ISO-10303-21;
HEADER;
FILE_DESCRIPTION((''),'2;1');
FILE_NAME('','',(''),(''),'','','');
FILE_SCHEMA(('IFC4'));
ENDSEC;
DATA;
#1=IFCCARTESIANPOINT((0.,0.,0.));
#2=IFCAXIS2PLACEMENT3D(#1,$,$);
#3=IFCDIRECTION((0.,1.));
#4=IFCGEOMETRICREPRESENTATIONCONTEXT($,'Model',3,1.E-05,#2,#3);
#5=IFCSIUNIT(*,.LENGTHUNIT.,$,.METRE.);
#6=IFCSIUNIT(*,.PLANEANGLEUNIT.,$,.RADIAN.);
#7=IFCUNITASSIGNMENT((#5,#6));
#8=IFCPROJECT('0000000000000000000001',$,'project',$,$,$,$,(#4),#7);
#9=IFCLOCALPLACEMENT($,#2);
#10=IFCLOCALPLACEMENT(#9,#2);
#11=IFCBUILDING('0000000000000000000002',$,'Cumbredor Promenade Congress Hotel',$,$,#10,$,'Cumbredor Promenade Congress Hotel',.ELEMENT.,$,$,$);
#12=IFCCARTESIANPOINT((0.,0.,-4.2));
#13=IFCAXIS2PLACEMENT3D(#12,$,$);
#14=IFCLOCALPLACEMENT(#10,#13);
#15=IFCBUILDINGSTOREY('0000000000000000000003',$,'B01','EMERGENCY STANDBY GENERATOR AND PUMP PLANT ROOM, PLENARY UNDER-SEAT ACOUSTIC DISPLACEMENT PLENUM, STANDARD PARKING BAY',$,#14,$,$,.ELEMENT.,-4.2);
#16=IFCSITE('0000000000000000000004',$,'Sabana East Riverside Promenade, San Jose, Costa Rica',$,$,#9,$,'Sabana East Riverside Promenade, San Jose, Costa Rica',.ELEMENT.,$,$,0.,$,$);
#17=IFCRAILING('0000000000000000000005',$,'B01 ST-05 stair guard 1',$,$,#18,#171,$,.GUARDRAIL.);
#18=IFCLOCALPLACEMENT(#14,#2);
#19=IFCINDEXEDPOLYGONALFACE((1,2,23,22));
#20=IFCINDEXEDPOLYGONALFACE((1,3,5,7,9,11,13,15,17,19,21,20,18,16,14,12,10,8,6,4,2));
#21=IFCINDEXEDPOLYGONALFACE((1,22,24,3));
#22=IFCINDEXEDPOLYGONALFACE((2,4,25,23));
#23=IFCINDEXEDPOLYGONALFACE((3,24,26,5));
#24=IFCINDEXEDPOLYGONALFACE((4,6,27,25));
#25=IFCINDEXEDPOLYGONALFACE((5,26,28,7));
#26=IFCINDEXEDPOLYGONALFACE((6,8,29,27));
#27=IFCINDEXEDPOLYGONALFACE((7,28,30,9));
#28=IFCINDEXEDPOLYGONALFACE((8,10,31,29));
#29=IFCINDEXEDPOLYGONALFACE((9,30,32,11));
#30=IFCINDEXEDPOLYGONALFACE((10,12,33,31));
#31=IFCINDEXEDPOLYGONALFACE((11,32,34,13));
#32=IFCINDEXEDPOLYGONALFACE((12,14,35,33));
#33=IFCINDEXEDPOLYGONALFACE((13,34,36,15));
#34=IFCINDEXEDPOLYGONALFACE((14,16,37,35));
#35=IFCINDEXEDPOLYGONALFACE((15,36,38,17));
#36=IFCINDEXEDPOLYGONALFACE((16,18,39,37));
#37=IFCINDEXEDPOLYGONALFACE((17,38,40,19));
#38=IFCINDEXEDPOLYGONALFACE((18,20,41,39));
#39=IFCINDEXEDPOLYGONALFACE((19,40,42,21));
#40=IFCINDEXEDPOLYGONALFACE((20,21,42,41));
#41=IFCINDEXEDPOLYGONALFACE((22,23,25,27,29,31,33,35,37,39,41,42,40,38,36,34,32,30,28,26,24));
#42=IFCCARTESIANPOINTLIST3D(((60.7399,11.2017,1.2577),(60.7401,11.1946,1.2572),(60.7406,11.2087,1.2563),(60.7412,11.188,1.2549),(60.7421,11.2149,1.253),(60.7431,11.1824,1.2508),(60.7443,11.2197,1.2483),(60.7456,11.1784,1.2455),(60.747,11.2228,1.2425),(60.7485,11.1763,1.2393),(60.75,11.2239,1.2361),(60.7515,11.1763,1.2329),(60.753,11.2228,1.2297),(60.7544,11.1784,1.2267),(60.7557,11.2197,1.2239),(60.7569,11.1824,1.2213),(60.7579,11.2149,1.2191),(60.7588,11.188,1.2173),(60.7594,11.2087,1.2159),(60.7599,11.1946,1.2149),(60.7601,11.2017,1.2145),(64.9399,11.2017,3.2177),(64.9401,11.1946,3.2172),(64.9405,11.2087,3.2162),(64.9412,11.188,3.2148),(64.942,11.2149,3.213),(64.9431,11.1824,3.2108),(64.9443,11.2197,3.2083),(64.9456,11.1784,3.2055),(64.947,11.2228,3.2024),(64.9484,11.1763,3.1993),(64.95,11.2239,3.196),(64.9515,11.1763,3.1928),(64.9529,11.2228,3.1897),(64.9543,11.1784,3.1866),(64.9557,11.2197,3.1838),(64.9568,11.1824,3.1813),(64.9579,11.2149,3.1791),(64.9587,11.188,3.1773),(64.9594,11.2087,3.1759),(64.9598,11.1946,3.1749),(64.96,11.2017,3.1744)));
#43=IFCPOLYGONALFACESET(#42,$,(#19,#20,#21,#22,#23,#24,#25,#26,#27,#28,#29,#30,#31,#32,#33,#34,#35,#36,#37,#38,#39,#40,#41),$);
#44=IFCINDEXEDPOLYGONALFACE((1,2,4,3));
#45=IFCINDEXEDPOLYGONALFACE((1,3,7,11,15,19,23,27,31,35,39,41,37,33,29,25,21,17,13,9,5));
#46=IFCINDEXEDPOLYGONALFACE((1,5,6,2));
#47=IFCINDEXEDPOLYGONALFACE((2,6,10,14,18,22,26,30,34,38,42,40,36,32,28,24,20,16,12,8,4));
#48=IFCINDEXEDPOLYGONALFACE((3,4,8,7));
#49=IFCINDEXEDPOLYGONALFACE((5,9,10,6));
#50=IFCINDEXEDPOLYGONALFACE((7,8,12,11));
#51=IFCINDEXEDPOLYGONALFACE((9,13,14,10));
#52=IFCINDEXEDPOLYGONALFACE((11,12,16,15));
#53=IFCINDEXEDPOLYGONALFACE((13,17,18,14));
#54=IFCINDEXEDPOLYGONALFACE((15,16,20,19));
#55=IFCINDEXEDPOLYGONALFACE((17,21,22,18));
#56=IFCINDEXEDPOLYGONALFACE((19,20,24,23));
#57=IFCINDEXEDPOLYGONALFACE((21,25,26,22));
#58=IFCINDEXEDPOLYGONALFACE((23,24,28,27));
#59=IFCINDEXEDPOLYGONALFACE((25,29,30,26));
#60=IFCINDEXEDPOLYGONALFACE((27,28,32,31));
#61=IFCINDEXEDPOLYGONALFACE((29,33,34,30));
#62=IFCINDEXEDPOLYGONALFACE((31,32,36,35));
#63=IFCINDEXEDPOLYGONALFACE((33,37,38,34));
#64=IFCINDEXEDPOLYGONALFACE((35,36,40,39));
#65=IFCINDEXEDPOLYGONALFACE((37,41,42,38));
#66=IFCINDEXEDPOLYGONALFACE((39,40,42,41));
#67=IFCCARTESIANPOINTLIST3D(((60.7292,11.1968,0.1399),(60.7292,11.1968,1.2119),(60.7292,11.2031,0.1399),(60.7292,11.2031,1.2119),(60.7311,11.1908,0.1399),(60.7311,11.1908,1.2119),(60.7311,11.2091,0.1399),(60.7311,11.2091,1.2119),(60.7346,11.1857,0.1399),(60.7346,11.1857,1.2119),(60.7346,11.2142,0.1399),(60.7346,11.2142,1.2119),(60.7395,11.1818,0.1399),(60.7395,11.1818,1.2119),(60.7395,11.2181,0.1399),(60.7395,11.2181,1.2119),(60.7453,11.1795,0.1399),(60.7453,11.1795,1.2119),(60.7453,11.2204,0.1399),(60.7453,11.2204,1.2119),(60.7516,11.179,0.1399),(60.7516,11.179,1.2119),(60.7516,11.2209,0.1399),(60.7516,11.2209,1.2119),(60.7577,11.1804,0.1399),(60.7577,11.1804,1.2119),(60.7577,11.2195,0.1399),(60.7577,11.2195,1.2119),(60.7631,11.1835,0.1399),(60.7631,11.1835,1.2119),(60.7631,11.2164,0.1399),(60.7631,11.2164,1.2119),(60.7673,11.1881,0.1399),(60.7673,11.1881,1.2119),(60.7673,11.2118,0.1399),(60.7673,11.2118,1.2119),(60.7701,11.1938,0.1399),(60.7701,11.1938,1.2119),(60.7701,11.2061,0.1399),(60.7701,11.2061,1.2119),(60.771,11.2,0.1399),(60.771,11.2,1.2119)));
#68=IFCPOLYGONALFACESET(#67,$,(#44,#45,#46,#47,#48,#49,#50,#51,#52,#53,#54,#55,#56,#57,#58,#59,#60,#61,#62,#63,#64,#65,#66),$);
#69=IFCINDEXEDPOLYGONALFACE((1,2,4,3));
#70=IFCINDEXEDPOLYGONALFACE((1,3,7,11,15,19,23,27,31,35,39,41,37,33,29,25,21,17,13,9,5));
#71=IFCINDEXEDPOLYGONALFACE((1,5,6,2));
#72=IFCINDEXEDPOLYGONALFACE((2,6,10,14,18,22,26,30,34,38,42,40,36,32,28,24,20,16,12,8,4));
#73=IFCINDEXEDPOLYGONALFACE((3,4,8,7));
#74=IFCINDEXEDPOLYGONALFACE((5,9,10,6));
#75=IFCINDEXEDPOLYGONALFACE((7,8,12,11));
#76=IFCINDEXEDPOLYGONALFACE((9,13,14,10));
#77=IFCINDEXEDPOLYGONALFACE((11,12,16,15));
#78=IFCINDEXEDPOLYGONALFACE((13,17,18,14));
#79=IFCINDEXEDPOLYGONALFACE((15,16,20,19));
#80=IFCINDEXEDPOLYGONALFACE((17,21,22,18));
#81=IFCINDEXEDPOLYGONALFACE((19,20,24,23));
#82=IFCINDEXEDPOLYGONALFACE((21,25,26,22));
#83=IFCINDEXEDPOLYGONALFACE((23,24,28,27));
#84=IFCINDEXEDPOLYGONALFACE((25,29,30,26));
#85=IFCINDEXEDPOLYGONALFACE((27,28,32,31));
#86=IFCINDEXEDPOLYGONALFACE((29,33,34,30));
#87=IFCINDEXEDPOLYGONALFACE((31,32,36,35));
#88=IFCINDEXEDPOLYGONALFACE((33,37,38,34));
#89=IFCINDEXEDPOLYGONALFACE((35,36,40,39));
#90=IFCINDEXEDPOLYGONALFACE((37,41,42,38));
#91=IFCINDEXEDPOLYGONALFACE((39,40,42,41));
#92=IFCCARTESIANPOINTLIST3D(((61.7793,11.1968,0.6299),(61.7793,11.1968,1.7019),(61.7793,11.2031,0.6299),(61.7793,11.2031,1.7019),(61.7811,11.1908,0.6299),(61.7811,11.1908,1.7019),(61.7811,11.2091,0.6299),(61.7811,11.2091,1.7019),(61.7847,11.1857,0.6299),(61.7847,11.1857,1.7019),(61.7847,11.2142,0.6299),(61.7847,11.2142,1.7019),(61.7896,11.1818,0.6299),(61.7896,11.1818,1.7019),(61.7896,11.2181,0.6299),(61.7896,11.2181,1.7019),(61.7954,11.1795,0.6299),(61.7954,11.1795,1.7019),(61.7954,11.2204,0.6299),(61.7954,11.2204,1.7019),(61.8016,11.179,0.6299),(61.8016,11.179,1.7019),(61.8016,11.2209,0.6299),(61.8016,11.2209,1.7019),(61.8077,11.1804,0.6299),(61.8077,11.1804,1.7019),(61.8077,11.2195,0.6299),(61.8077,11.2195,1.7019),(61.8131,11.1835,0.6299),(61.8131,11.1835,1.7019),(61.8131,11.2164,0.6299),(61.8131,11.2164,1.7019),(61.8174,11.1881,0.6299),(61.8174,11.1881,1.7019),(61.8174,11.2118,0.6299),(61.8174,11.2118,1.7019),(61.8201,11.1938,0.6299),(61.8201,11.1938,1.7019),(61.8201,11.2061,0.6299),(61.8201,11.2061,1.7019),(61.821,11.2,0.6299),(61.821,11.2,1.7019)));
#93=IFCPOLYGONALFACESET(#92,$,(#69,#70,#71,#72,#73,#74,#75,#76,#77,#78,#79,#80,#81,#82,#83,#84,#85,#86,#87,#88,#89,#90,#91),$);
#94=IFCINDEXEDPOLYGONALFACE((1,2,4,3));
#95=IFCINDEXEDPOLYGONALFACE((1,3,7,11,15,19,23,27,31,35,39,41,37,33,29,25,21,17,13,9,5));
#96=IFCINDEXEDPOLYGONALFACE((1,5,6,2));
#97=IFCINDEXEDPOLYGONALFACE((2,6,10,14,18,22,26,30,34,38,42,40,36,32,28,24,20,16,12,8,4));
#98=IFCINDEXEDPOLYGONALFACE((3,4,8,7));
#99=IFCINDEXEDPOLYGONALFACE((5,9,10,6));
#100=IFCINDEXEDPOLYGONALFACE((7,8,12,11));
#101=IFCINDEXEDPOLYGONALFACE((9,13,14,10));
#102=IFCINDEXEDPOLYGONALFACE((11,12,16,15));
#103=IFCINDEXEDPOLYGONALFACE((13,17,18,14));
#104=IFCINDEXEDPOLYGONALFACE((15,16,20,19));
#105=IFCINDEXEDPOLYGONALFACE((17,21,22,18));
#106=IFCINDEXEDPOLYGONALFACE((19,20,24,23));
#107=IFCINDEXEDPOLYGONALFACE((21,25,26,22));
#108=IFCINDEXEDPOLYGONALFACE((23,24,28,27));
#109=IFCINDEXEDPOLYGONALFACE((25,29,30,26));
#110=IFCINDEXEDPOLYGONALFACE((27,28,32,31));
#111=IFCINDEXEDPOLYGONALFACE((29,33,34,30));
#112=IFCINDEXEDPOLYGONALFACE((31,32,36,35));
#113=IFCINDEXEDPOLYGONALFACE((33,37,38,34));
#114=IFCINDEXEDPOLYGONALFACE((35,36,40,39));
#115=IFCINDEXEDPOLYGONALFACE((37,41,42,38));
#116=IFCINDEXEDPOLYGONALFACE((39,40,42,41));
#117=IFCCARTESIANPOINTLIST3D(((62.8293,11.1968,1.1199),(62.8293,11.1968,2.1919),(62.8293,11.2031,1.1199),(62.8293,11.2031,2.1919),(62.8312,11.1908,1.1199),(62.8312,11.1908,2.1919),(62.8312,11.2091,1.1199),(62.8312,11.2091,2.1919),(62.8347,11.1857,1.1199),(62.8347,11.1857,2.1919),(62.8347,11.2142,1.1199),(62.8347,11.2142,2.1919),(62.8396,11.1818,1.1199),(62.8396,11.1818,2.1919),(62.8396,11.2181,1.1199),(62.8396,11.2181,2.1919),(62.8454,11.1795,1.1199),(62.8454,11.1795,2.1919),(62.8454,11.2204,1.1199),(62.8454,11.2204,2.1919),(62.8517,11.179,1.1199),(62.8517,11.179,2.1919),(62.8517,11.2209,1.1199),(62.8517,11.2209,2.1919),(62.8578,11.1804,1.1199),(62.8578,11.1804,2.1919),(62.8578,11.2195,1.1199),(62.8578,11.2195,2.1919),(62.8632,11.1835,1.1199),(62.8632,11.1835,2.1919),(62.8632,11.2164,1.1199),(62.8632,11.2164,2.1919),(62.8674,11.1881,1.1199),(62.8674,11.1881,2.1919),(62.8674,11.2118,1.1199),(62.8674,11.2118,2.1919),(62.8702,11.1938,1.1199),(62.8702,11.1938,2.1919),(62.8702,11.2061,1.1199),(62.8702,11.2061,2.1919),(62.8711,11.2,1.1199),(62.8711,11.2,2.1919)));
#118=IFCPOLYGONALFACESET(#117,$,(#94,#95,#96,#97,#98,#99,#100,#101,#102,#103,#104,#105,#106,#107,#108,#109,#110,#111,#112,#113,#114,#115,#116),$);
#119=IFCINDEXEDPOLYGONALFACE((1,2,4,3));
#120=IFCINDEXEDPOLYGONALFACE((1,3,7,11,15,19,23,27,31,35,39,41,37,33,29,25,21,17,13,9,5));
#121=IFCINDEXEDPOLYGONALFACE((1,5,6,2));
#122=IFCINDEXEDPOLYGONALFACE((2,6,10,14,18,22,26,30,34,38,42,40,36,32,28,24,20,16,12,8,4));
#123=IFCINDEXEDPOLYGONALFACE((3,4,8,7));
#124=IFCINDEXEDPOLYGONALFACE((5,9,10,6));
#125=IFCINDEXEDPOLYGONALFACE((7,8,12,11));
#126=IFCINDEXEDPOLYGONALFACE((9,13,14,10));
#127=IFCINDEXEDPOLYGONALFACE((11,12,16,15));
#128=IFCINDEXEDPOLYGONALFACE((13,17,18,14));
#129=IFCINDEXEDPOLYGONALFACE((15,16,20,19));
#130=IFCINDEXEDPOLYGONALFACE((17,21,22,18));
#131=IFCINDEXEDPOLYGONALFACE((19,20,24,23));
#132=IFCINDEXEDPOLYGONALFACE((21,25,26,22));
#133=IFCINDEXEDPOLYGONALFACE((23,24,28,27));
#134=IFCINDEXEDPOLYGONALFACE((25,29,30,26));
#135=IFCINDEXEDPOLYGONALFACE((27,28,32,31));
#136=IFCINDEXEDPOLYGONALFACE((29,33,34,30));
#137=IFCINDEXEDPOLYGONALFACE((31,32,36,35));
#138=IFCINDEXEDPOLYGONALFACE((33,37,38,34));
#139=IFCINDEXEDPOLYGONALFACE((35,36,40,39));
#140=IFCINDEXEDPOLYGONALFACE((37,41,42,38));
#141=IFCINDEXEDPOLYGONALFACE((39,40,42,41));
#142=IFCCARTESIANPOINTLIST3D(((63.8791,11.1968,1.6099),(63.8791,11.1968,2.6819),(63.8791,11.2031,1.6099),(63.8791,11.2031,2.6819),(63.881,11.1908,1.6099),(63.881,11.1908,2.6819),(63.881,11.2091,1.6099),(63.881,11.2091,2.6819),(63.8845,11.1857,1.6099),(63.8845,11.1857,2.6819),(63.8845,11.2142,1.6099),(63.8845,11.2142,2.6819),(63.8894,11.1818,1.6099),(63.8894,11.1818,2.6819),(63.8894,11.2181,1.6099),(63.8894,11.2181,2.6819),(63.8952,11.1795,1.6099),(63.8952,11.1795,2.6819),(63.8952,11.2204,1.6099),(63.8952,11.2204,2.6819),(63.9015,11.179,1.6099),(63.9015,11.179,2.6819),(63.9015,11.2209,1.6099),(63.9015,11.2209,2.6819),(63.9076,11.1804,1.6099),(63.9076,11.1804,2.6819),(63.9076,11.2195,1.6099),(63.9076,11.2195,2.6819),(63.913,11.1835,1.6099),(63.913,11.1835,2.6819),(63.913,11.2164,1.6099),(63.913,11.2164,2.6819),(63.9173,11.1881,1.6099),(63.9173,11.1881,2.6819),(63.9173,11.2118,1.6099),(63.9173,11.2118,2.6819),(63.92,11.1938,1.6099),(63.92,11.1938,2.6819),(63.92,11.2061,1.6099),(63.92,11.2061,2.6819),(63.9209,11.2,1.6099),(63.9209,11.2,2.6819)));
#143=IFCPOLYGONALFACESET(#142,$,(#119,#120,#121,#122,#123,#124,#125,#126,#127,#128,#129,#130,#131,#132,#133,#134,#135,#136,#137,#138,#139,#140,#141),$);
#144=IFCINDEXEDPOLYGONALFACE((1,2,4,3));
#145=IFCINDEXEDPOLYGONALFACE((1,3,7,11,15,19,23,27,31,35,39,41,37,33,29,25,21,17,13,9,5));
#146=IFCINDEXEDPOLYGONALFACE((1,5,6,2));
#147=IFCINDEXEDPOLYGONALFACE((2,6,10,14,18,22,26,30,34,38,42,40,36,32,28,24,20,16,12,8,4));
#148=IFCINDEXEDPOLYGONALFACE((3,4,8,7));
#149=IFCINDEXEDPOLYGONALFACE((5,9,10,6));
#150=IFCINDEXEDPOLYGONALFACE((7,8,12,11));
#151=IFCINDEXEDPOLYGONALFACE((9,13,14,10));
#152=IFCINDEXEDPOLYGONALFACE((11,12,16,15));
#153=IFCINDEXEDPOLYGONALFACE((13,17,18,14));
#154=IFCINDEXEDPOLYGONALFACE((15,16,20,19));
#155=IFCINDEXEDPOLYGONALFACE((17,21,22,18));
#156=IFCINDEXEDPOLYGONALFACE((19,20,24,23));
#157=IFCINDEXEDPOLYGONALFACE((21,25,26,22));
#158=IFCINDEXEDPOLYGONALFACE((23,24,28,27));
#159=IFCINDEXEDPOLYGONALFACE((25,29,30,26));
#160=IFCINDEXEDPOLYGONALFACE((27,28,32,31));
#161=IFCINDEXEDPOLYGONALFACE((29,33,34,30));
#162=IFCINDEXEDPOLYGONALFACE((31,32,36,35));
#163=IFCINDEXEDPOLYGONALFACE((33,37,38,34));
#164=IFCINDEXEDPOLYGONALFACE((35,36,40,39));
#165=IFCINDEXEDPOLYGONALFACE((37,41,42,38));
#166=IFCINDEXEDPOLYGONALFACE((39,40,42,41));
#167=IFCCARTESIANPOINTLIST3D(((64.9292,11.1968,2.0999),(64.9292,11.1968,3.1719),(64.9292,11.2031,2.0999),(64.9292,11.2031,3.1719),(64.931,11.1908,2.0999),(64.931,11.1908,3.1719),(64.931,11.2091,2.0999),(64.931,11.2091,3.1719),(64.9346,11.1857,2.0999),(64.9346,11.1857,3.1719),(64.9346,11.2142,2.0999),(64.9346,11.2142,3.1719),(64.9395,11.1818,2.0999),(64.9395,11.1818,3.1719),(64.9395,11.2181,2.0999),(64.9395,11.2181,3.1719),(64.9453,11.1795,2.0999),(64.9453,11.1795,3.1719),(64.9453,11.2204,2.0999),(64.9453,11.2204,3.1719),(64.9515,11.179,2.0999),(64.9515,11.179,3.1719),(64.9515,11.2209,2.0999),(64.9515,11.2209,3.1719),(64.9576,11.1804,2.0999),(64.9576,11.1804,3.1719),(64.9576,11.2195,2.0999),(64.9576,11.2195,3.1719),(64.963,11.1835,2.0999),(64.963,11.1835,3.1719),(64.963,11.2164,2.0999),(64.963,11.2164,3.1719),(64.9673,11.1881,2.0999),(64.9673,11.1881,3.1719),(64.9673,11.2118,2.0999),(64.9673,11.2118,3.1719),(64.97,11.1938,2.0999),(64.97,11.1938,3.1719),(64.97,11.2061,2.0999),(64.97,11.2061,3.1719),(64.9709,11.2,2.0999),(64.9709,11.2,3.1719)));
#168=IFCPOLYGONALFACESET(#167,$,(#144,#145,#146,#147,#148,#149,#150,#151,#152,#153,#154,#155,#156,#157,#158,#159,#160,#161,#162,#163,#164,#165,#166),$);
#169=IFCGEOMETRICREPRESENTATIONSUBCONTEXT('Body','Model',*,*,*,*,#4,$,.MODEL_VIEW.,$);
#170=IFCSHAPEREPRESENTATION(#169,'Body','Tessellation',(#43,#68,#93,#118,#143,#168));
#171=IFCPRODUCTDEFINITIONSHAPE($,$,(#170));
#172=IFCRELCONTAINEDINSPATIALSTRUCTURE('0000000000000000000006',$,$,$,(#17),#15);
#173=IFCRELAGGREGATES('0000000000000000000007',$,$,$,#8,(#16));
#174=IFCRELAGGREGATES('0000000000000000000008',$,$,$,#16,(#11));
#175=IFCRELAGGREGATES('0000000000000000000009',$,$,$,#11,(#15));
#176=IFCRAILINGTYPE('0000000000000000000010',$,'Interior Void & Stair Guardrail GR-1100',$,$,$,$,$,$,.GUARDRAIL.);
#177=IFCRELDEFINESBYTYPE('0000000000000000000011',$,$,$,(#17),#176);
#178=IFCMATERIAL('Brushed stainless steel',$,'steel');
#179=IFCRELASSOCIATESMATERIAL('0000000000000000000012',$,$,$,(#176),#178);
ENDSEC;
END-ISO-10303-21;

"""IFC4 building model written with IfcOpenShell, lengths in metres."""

from ifc_helpers import new_model, si_unit, direction, frame, origin, origin_2d, place, context, subcontext, project, spatial, circle, extrude, material, type_object, element, save


model = new_model("IFC4")

# Units and contexts
model_context = context("Model", 3, precision=1e-05, world=origin(), true_north=direction((0.0, 1.0)))
body_context = subcontext(model_context, "Body", "Model", "MODEL_VIEW")
ifc_project = project(units=[si_unit("LENGTHUNIT", "METRE"), si_unit("PLANEANGLEUNIT", "RADIAN")], contexts=[model_context])

# Site, building, storey
site_placement = place(None, origin())
site = spatial("IfcSite", under=ifc_project, at=site_placement, Name="Sabana East Riverside Promenade, San Jose, Costa Rica", LongName="Sabana East Riverside Promenade, San Jose, Costa Rica", CompositionType="ELEMENT", RefElevation=0.0)
building_placement = place(site_placement, origin())
building = spatial("IfcBuilding", under=site, at=building_placement, Name="Cumbredor Promenade Congress Hotel", LongName="Cumbredor Promenade Congress Hotel", CompositionType="ELEMENT")
storey_placement = place(building_placement, frame((0.0, 0.0, -4.2)))
storey = spatial("IfcBuildingStorey", under=building, at=storey_placement, Name="B01", Description="EMERGENCY STANDBY GENERATOR AND PUMP PLANT ROOM, PLENARY UNDER-SEAT ACOUSTIC DISPLACEMENT PLENUM, STANDARD PARKING BAY", CompositionType="ELEMENT", Elevation=-4.2)

# Railing
ifc_material_1 = material(Name="Brushed stainless steel", Category="steel")
railing_type_1 = type_object("IfcRailingType", Name="Interior Void & Stair Guardrail GR-1100", PredefinedType="GUARDRAIL", material=ifc_material_1)
railing_1_placement = place(storey_placement, frame((60.75, 11.2, 0.1399)))
element("IfcRailing", 1, at=railing_1_placement, inside=storey, type_object=railing_type_1, Name="B01 ST-05 stair guard 1", PredefinedType="GUARDRAIL", context=body_context, shape_type="SweptSolid", body=[
    extrude(circle(Radius=0.0239, at=origin_2d()), frame((0.0, 0.0, 1.0962), z_axis=(0.906184, 0.0, 0.422883), x_axis=(0.0, 1.0, 0.0)), (0.0, 0.0, 1.0), 4.6348),
    extrude(circle(Radius=0.021, at=origin_2d()), origin(), (0.0, 0.0, 1.0), 1.072),
    extrude(circle(Radius=0.021, at=origin_2d()), frame((1.05, 0.0, 0.49)), (0.0, 0.0, 1.0), 1.072),
    extrude(circle(Radius=0.021, at=origin_2d()), frame((2.1001, 0.0, 0.98)), (0.0, 0.0, 1.0), 1.072),
    extrude(circle(Radius=0.021, at=origin_2d()), frame((3.1499, 0.0, 1.47)), (0.0, 0.0, 1.0), 1.072),
    extrude(circle(Radius=0.021, at=origin_2d()), frame((4.2, 0.0, 1.96)), (0.0, 0.0, 1.0), 1.072),
])

save(model, "model.ifc")
